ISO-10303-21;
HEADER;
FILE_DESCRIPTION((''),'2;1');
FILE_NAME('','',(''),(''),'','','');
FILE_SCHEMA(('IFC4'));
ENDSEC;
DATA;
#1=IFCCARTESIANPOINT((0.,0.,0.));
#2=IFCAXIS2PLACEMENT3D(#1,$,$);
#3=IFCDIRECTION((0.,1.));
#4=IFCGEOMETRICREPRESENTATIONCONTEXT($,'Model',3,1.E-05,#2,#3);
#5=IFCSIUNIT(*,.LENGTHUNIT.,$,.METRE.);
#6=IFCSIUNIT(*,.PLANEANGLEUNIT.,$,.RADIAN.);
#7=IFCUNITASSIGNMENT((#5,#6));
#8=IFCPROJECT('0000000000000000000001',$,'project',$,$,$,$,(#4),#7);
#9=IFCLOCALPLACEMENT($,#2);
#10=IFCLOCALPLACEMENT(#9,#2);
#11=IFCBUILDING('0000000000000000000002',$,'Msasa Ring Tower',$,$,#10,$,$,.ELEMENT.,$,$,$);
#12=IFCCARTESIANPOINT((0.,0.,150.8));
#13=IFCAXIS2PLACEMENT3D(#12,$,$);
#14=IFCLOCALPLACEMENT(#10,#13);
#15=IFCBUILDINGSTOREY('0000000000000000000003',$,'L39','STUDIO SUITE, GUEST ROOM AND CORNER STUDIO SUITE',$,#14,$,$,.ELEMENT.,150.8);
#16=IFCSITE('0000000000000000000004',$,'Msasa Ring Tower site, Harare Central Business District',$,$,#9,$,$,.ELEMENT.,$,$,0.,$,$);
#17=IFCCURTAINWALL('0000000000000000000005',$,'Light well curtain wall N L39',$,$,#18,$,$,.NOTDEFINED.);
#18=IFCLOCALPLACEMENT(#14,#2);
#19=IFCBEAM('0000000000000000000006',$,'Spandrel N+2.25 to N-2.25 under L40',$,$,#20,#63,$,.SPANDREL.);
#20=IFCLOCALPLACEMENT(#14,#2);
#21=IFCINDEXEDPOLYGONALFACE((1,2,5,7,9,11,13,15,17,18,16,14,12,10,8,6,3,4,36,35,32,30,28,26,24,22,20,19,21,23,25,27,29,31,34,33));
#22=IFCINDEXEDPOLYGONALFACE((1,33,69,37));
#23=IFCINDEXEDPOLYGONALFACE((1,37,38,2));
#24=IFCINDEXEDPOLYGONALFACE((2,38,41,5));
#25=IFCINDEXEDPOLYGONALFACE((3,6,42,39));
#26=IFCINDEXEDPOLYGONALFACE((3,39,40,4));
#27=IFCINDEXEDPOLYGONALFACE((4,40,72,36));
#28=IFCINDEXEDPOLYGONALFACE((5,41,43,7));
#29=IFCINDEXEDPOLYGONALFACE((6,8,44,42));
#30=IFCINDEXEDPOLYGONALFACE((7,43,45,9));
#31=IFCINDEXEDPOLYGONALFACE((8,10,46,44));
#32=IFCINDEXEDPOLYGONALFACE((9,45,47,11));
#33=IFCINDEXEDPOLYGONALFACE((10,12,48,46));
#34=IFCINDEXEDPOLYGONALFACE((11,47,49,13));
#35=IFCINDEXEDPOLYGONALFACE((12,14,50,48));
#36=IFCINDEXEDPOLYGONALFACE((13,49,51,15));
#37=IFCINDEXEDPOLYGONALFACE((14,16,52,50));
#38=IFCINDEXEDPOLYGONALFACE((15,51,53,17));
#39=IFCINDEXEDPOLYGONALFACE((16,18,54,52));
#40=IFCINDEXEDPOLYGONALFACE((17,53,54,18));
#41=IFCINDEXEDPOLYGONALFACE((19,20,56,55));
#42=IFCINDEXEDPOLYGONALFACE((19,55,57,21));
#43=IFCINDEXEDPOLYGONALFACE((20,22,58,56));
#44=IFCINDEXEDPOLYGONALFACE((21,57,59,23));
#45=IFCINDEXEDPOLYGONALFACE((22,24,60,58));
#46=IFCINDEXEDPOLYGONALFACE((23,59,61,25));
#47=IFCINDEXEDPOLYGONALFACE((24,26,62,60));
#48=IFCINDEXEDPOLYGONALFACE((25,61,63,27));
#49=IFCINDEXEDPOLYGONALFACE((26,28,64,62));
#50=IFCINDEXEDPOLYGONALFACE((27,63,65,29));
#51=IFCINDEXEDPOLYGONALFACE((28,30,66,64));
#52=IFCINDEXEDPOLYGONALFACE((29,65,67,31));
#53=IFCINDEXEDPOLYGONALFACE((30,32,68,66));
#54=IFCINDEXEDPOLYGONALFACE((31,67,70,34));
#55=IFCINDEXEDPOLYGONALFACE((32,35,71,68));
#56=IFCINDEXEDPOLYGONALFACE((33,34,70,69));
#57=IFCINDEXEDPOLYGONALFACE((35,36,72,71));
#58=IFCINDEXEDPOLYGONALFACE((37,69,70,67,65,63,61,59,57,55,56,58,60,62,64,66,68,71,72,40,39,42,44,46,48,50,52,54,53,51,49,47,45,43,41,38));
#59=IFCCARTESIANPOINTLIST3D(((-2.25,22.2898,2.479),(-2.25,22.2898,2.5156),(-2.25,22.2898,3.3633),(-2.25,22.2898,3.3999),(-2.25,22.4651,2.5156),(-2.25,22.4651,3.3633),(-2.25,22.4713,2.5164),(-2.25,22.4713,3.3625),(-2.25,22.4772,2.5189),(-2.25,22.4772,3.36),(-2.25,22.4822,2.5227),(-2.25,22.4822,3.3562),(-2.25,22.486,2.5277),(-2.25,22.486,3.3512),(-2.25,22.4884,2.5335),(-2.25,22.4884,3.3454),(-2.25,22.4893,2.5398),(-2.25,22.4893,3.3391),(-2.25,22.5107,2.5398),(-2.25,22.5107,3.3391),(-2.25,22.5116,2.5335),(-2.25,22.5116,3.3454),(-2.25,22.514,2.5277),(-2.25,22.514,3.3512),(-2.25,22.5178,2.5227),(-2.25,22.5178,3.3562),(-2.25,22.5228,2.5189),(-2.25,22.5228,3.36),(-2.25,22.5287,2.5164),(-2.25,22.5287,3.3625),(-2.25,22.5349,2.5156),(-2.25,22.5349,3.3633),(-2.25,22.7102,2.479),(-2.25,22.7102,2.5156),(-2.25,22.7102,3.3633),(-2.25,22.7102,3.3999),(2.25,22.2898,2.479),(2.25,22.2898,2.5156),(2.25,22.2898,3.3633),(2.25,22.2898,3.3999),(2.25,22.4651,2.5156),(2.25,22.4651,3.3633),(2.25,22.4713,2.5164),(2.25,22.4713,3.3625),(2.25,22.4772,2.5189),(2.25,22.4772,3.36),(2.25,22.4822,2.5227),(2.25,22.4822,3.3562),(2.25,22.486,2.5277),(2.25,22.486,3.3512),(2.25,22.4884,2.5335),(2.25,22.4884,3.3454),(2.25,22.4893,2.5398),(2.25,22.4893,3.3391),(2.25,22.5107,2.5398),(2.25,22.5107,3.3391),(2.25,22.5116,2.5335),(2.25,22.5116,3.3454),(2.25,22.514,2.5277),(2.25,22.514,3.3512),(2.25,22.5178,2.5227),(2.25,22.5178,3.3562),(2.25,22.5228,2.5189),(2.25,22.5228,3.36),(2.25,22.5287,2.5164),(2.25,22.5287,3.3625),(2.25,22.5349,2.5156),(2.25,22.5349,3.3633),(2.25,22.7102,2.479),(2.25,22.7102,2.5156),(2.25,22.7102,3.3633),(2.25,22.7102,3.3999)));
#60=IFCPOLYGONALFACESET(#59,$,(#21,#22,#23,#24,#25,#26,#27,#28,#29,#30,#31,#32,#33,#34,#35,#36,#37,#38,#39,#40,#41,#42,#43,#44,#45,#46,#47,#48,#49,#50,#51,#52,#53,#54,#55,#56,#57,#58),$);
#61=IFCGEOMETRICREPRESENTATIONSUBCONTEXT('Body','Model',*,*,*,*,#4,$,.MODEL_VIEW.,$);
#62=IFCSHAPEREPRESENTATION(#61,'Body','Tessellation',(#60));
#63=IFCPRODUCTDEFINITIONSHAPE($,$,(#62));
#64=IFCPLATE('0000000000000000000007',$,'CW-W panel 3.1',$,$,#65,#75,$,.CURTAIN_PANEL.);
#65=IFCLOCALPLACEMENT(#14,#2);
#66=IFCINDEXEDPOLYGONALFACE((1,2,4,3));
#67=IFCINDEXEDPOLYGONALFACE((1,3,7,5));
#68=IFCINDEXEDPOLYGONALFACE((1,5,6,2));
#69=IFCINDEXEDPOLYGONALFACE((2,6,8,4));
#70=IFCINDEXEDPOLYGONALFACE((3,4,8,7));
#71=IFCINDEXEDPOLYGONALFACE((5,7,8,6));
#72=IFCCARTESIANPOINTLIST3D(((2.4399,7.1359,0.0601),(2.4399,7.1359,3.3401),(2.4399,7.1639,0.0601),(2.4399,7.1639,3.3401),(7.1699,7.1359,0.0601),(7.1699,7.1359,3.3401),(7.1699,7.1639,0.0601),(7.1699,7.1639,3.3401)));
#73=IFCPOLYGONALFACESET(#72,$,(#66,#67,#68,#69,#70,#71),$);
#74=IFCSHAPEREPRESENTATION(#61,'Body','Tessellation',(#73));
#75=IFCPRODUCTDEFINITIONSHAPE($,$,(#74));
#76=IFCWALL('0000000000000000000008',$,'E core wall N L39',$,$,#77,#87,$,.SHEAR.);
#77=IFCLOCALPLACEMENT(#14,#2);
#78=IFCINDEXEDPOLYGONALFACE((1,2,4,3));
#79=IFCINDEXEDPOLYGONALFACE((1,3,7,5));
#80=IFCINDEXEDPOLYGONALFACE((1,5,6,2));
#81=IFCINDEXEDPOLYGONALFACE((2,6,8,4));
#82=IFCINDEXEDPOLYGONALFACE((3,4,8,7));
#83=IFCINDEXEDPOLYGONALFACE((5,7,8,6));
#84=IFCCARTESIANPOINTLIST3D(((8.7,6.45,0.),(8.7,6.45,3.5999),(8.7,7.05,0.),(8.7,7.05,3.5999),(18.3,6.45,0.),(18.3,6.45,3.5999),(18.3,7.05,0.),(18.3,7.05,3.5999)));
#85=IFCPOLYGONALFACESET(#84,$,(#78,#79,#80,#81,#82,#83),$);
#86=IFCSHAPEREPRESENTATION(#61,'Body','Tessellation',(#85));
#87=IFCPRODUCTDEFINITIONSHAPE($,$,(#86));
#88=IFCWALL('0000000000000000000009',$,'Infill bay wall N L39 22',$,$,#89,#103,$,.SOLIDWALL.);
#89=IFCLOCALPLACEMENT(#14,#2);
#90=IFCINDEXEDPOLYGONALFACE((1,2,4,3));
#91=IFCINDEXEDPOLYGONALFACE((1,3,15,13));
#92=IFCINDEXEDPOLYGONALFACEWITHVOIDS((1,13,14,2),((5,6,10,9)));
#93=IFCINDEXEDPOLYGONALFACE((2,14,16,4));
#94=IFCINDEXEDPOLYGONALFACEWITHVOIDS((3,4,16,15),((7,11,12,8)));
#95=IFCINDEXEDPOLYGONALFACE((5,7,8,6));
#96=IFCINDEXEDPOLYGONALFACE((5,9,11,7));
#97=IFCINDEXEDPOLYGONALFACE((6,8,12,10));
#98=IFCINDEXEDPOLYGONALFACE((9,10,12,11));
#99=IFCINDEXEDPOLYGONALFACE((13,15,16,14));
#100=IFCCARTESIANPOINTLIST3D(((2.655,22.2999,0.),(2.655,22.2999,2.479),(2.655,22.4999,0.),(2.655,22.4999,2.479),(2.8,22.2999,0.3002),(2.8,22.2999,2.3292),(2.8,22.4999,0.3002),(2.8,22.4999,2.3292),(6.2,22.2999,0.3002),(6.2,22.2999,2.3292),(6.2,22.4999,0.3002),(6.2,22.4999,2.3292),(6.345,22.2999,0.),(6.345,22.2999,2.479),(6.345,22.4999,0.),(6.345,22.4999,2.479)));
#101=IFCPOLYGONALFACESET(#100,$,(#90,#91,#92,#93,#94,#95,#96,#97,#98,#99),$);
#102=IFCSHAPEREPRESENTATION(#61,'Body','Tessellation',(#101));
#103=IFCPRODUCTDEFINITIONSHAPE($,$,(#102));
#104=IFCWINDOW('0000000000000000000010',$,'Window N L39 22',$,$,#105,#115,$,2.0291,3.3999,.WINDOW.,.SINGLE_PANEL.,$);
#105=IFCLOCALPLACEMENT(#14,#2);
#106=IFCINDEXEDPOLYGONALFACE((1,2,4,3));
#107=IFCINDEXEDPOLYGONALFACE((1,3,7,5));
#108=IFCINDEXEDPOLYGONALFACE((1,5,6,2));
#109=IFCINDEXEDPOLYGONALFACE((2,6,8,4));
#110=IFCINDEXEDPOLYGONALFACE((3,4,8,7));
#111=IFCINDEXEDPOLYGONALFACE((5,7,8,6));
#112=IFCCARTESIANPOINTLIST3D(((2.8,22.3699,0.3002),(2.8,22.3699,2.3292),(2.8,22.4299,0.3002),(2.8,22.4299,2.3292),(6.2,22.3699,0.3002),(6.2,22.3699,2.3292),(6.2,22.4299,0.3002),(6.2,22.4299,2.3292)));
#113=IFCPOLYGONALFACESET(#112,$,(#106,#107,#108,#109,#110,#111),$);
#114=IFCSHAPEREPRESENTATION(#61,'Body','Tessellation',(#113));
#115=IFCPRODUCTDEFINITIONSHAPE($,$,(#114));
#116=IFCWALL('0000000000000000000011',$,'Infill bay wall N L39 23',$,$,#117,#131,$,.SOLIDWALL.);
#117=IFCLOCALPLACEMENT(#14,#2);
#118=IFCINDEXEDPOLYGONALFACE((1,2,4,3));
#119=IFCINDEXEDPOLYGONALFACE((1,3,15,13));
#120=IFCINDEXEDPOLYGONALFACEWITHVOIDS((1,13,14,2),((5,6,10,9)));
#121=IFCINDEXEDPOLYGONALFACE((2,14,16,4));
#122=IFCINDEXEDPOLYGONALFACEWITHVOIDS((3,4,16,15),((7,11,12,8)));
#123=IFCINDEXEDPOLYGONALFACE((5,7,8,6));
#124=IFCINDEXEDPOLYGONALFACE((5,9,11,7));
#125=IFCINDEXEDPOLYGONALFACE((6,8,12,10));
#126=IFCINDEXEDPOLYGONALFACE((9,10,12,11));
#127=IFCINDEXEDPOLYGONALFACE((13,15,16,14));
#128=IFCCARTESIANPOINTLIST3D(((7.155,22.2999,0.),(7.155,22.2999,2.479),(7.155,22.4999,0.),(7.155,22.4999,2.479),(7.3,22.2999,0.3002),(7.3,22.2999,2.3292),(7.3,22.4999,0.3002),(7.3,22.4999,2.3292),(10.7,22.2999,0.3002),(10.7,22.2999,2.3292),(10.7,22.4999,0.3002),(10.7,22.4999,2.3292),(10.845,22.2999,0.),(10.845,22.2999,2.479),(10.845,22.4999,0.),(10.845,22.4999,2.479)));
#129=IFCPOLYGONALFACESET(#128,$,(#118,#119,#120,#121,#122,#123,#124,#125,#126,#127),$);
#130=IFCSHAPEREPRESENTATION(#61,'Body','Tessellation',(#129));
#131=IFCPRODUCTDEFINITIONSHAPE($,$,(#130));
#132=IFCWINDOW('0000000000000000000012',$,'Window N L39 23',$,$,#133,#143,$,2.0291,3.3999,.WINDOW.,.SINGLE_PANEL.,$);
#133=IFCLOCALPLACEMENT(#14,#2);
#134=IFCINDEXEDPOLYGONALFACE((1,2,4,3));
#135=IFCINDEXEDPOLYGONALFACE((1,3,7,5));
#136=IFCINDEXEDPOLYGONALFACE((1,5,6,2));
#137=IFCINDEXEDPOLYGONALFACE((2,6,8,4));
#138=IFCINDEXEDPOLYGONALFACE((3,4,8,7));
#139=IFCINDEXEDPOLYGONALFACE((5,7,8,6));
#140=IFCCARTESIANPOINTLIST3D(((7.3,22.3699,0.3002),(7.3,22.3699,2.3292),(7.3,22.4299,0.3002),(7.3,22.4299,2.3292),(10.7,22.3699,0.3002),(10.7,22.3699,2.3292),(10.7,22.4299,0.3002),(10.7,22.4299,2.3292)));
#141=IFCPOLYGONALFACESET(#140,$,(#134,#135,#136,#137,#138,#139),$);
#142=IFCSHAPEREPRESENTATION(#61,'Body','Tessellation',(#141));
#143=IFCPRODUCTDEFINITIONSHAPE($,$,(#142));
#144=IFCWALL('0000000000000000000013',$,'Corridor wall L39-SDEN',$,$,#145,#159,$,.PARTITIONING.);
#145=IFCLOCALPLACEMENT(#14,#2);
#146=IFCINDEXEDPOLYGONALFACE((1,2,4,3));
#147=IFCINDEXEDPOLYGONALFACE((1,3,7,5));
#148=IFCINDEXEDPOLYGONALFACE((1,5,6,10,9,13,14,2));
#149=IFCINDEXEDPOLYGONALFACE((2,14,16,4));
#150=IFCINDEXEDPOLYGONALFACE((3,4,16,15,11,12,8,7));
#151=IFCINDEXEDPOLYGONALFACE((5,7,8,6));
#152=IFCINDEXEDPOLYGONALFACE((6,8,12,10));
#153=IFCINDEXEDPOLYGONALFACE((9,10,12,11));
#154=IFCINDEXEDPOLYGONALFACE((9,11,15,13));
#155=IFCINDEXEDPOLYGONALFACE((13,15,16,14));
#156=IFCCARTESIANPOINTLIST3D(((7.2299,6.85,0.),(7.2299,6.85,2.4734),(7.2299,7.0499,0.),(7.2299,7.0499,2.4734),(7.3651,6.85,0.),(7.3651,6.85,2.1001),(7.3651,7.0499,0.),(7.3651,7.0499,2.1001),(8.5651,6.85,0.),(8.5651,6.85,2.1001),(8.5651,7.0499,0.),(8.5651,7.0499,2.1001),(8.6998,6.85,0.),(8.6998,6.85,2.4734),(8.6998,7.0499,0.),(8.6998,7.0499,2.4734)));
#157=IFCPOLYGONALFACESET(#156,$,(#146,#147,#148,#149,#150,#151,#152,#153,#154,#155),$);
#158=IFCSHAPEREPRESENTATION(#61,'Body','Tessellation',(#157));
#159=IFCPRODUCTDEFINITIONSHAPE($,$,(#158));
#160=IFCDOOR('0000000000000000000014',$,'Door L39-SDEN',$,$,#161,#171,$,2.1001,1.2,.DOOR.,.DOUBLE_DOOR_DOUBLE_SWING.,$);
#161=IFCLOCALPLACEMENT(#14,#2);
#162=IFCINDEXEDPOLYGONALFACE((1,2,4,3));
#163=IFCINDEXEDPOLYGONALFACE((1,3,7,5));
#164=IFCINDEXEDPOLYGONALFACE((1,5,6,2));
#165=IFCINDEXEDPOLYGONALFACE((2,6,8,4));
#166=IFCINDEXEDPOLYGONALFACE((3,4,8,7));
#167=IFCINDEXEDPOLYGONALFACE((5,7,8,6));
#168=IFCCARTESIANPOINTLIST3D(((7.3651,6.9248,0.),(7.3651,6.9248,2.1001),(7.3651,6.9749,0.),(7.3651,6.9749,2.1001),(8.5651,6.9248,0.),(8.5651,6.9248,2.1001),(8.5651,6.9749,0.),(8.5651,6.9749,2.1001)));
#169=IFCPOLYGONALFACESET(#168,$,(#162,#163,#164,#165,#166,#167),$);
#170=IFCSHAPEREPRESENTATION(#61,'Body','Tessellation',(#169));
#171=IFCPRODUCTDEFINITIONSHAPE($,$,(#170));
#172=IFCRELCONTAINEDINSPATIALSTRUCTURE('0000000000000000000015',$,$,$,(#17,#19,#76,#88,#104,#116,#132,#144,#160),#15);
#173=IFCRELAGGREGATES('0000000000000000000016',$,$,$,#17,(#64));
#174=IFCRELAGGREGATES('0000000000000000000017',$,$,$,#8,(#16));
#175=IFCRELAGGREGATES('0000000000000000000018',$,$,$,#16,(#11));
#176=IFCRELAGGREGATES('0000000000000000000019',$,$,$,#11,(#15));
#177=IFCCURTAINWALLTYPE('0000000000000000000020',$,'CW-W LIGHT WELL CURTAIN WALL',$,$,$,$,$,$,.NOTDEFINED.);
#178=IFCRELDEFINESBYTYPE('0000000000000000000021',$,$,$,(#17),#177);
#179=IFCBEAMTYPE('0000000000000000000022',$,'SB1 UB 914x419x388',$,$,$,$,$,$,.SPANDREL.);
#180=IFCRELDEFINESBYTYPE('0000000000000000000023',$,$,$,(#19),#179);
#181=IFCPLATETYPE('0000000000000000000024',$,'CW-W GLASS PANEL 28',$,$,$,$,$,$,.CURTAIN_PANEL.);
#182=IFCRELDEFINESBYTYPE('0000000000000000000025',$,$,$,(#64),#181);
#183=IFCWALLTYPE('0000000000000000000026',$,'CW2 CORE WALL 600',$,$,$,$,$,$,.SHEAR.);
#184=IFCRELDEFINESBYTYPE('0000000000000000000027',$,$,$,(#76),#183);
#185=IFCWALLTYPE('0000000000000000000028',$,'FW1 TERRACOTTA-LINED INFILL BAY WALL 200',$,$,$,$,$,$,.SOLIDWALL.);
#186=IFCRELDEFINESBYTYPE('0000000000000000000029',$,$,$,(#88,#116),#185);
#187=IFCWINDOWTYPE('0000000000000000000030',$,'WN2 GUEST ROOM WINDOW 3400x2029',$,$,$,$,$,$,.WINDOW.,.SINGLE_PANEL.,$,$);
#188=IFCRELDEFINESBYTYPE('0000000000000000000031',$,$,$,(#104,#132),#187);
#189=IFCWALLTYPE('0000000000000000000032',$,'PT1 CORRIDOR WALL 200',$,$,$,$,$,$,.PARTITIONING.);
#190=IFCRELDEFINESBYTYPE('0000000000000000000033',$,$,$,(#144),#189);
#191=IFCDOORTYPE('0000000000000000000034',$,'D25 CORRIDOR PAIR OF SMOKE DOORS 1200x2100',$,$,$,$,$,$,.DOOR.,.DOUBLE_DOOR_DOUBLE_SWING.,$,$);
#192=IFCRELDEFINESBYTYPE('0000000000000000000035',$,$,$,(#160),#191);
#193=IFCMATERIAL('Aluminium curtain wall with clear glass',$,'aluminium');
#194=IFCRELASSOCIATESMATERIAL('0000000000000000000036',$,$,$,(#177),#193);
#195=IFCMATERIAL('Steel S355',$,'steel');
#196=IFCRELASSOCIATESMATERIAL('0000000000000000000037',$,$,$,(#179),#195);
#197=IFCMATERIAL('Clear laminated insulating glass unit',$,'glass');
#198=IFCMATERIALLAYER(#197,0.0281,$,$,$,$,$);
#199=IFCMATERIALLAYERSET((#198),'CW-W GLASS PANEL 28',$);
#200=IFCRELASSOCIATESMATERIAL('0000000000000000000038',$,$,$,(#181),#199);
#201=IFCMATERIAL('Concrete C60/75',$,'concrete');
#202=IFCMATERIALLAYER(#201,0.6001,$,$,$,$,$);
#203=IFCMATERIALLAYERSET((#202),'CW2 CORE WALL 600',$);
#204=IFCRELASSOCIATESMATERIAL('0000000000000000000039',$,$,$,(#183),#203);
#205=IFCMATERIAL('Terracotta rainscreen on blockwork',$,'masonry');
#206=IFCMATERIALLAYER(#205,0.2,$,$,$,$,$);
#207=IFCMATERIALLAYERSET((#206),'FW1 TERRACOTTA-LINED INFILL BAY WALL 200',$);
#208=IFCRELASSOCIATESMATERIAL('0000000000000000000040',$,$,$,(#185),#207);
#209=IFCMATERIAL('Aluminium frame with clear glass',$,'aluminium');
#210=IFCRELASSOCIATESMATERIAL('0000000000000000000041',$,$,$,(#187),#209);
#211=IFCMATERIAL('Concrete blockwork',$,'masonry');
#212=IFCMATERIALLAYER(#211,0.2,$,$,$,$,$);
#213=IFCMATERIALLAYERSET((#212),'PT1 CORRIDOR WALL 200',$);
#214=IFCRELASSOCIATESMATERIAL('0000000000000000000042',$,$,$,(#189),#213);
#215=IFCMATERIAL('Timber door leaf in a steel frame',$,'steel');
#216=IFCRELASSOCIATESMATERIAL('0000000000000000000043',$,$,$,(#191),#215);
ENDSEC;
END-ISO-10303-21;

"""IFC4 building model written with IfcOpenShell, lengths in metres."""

from ifc_helpers import new_model, si_unit, direction, frame, frame_2d, origin, origin_2d, place, context, subcontext, project, spatial, rectangle, i_section, extrude, material, layer, layer_set, material_profile, profile_set, type_object, element, fill, aggregate, save


model = new_model("IFC4")

# Units and contexts
model_context = context("Model", 3, precision=1e-05, world=origin(), true_north=direction((0.0, 1.0)))
body_context = subcontext(model_context, "Body", "Model", "MODEL_VIEW")
ifc_project = project(units=[si_unit("LENGTHUNIT", "METRE"), si_unit("PLANEANGLEUNIT", "RADIAN")], contexts=[model_context])

# Site, building, storey
site_placement = place(None, origin())
site = spatial("IfcSite", under=ifc_project, at=site_placement, Name="Msasa Ring Tower site, Harare Central Business District", CompositionType="ELEMENT", RefElevation=0.0)
building_placement = place(site_placement, origin())
building = spatial("IfcBuilding", under=site, at=building_placement, Name="Msasa Ring Tower", CompositionType="ELEMENT")
storey_placement = place(building_placement, frame((0.0, 0.0, 150.8)))
storey = spatial("IfcBuildingStorey", under=building, at=storey_placement, Name="L39", Description="STUDIO SUITE, GUEST ROOM AND CORNER STUDIO SUITE", CompositionType="ELEMENT", Elevation=150.8)

# Curtain wall
ifc_material_1 = material(Name="Aluminium curtain wall with clear glass", Category="aluminium")
curtain_wall_type = type_object("IfcCurtainWallType", Name="CW-W LIGHT WELL CURTAIN WALL", PredefinedType="NOTDEFINED", material=ifc_material_1)
curtain_wall_1_placement = place(storey_placement, origin())
curtain_wall_1 = element("IfcCurtainWall", 1, at=curtain_wall_1_placement, inside=storey, type_object=curtain_wall_type, Name="Light well curtain wall N L39", PredefinedType="NOTDEFINED")

# Beam
ifc_material_2 = material(Name="Steel S355", Category="steel")
ifc_material_profile_1 = material_profile(ifc_material_2, i_section(OverallWidth=0.4204, OverallDepth=0.9209, WebThickness=0.0215, FlangeThickness=0.0366, FilletRadius=0.0242, at=origin_2d()), Name="UB 914x419x388")
ifc_profile_set_1 = profile_set([ifc_material_profile_1], Name="Steel S355")
beam_type_1 = type_object("IfcBeamType", Name="SB1 UB 914x419x388", PredefinedType="SPANDREL", material=ifc_profile_set_1)
for number, where, z_axis, x_axis, name in (
    (2, (2.25, 22.5, 2.9395), (-1.0, 0.0, 0.0), (0.0, -1.0, 0.0), "Spandrel N+2.25 to N-2.25 under L40"),
):
    element("IfcBeam", number, at=place(storey_placement, frame(where, z_axis=z_axis, x_axis=x_axis)), inside=storey, type_object=beam_type_1, Name=name, PredefinedType="SPANDREL", context=body_context, shape_type="SweptSolid", body=[
        extrude(i_section(OverallWidth=0.4204, OverallDepth=0.9209, WebThickness=0.0215, FlangeThickness=0.0366, FilletRadius=0.0242, at=origin_2d()), origin(), (0.0, 0.0, 1.0), 4.5),
    ])

# Plate
ifc_material_3 = material(Name="Clear laminated insulating glass unit", Category="glass")
ifc_layer_1 = layer(ifc_material_3, 0.0281)
ifc_layer_set_1 = layer_set([ifc_layer_1], Name="CW-W GLASS PANEL 28")
plate_type = type_object("IfcPlateType", Name="CW-W GLASS PANEL 28", PredefinedType="CURTAIN_PANEL", material=ifc_layer_set_1)
plate_placement = place(storey_placement, frame((4.8049, 7.1499, 0.0601), z_axis=(0.0, 0.0, 1.0), x_axis=(1.0, 0.0, 0.0)))
plate = element("IfcPlate", 3, at=plate_placement, type_object=plate_type, Name="CW-W panel 3.1", PredefinedType="CURTAIN_PANEL", context=body_context, shape_type="SweptSolid", body=[
    extrude(rectangle(XDim=4.73, YDim=0.0281, at=origin_2d()), origin(), (0.0, 0.0, 1.0), 3.28),
])
aggregate(curtain_wall_1, [plate])

# Wall
ifc_material_4 = material(Name="Concrete C60/75", Category="concrete")
ifc_layer_2 = layer(ifc_material_4, 0.6001)
ifc_layer_set_2 = layer_set([ifc_layer_2], Name="CW2 CORE WALL 600")
wall_type_1 = type_object("IfcWallType", Name="CW2 CORE WALL 600", PredefinedType="SHEAR", material=ifc_layer_set_2)
wall_1_placement = place(storey_placement, frame((8.7, 6.75, 0.0), z_axis=(0.0, 0.0, 1.0), x_axis=(1.0, 0.0, 0.0)))
element("IfcWall", 4, at=wall_1_placement, inside=storey, type_object=wall_type_1, Name="E core wall N L39", PredefinedType="SHEAR", context=body_context, shape_type="SweptSolid", body=[
    extrude(rectangle(XDim=9.6001, YDim=0.6001, at=frame_2d((4.8, 0.0))), origin(), (0.0, 0.0, 1.0), 3.5999),
])

# Walls, openings, windows
ifc_material_5 = material(Name="Terracotta rainscreen on blockwork", Category="masonry")
ifc_layer_3 = layer(ifc_material_5, 0.2)
ifc_layer_set_3 = layer_set([ifc_layer_3], Name="FW1 TERRACOTTA-LINED INFILL BAY WALL 200")
wall_type_2 = type_object("IfcWallType", Name="FW1 TERRACOTTA-LINED INFILL BAY WALL 200", PredefinedType="SOLIDWALL", material=ifc_layer_set_3)
wall_2_placement = place(storey_placement, frame((2.655, 22.3999, 0.0), z_axis=(0.0, 0.0, 1.0), x_axis=(1.0, 0.0, 0.0)))
wall_2 = element("IfcWall", 5, at=wall_2_placement, inside=storey, type_object=wall_type_2, Name="Infill bay wall N L39 22", PredefinedType="SOLIDWALL", context=body_context, shape_type="SweptSolid", body=[
    extrude(rectangle(XDim=3.6899, YDim=0.2, at=frame_2d((1.845, 0.0))), origin(), (0.0, 0.0, 1.0), 2.479),
])
opening_1_placement = place(wall_2_placement, frame((0.145, 0.0, 0.3)))
opening_1 = element("IfcOpeningElement", 6, at=opening_1_placement, cuts=wall_2, PredefinedType="OPENING", context=body_context, shape_type="SweptSolid", body=[
    extrude(rectangle(XDim=3.3999, YDim=2.0291, at=frame_2d((1.7, 1.0146))), frame((0.0, 0.1099, 0.0), z_axis=(0.0, -1.0, 0.0), x_axis=(1.0, 0.0, 0.0)), (0.0, 0.0, 1.0), 0.22),
])
ifc_material_6 = material(Name="Aluminium frame with clear glass", Category="aluminium")
window_type = type_object("IfcWindowType", Name="WN2 GUEST ROOM WINDOW 3400x2029", PartitioningType="SINGLE_PANEL", PredefinedType="WINDOW", material=ifc_material_6)
window_1_placement = place(opening_1_placement, origin())
window_1 = element("IfcWindow", 7, at=window_1_placement, inside=storey, type_object=window_type, Name="Window N L39 22", OverallHeight=2.0291, OverallWidth=3.3999, PartitioningType="SINGLE_PANEL", PredefinedType="WINDOW", context=body_context, shape_type="SweptSolid", body=[
    extrude(rectangle(XDim=3.3999, YDim=2.0291, at=frame_2d((1.7, 1.0146))), frame((0.0, 0.03, 0.0), z_axis=(0.0, -1.0, 0.0), x_axis=(1.0, 0.0, 0.0)), (0.0, 0.0, 1.0), 0.0601),
])
fill(opening_1, window_1)
wall_3_placement = place(storey_placement, frame((7.155, 22.3999, 0.0), z_axis=(0.0, 0.0, 1.0), x_axis=(1.0, 0.0, 0.0)))
wall_3 = element("IfcWall", 8, at=wall_3_placement, inside=storey, type_object=wall_type_2, Name="Infill bay wall N L39 23", PredefinedType="SOLIDWALL", context=body_context, shape_type="SweptSolid", body=[
    extrude(rectangle(XDim=3.6899, YDim=0.2, at=frame_2d((1.845, 0.0))), origin(), (0.0, 0.0, 1.0), 2.479),
])
opening_2_placement = place(wall_3_placement, frame((0.145, 0.0, 0.3)))
opening_2 = element("IfcOpeningElement", 9, at=opening_2_placement, cuts=wall_3, PredefinedType="OPENING", context=body_context, shape_type="SweptSolid", body=[
    extrude(rectangle(XDim=3.3999, YDim=2.0291, at=frame_2d((1.7, 1.0146))), frame((0.0, 0.1099, 0.0), z_axis=(0.0, -1.0, 0.0), x_axis=(1.0, 0.0, 0.0)), (0.0, 0.0, 1.0), 0.22),
])
window_2_placement = place(opening_2_placement, origin())
window_2 = element("IfcWindow", 10, at=window_2_placement, inside=storey, type_object=window_type, Name="Window N L39 23", OverallHeight=2.0291, OverallWidth=3.3999, PartitioningType="SINGLE_PANEL", PredefinedType="WINDOW", context=body_context, shape_type="SweptSolid", body=[
    extrude(rectangle(XDim=3.3999, YDim=2.0291, at=frame_2d((1.7, 1.0146))), frame((0.0, 0.03, 0.0), z_axis=(0.0, -1.0, 0.0), x_axis=(1.0, 0.0, 0.0)), (0.0, 0.0, 1.0), 0.0601),
])
fill(opening_2, window_2)

# Wall, opening, door
ifc_material_7 = material(Name="Concrete blockwork", Category="masonry")
ifc_layer_4 = layer(ifc_material_7, 0.2)
ifc_layer_set_4 = layer_set([ifc_layer_4], Name="PT1 CORRIDOR WALL 200")
wall_type_3 = type_object("IfcWallType", Name="PT1 CORRIDOR WALL 200", PredefinedType="PARTITIONING", material=ifc_layer_set_4)
wall_4_placement = place(storey_placement, frame((7.23, 6.95, 0.0), z_axis=(0.0, 0.0, 1.0), x_axis=(1.0, 0.0, 0.0)))
wall_4 = element("IfcWall", 11, at=wall_4_placement, inside=storey, type_object=wall_type_3, Name="Corridor wall L39-SDEN", PredefinedType="PARTITIONING", context=body_context, shape_type="SweptSolid", body=[
    extrude(rectangle(XDim=1.47, YDim=0.2, at=frame_2d((0.7349, 0.0))), origin(), (0.0, 0.0, 1.0), 2.4734),
])
opening_3_placement = place(wall_4_placement, frame((0.135, 0.0, 0.0)))
opening_3 = element("IfcOpeningElement", 12, at=opening_3_placement, cuts=wall_4, PredefinedType="OPENING", context=body_context, shape_type="SweptSolid", body=[
    extrude(rectangle(XDim=1.2, YDim=2.1001, at=frame_2d((0.6001, 1.05))), frame((0.0, 0.1099, 0.0), z_axis=(0.0, -1.0, 0.0), x_axis=(1.0, 0.0, 0.0)), (0.0, 0.0, 1.0), 0.22),
])
ifc_material_8 = material(Name="Timber door leaf in a steel frame", Category="steel")
door_type_1 = type_object("IfcDoorType", Name="D25 CORRIDOR PAIR OF SMOKE DOORS 1200x2100", OperationType="DOUBLE_DOOR_DOUBLE_SWING", PredefinedType="DOOR", material=ifc_material_8)
door_1_placement = place(opening_3_placement, origin())
door_1 = element("IfcDoor", 13, at=door_1_placement, inside=storey, type_object=door_type_1, Name="Door L39-SDEN", OperationType="DOUBLE_DOOR_DOUBLE_SWING", OverallHeight=2.1001, OverallWidth=1.2, PredefinedType="DOOR", context=body_context, shape_type="SweptSolid", body=[
    extrude(rectangle(XDim=1.2, YDim=2.1001, at=frame_2d((0.6001, 1.05))), frame((0.0, 0.0249, 0.0), z_axis=(0.0, -1.0, 0.0), x_axis=(1.0, 0.0, 0.0)), (0.0, 0.0, 1.0), 0.05),
])
fill(opening_3, door_1)

save(model, "model.ifc")
